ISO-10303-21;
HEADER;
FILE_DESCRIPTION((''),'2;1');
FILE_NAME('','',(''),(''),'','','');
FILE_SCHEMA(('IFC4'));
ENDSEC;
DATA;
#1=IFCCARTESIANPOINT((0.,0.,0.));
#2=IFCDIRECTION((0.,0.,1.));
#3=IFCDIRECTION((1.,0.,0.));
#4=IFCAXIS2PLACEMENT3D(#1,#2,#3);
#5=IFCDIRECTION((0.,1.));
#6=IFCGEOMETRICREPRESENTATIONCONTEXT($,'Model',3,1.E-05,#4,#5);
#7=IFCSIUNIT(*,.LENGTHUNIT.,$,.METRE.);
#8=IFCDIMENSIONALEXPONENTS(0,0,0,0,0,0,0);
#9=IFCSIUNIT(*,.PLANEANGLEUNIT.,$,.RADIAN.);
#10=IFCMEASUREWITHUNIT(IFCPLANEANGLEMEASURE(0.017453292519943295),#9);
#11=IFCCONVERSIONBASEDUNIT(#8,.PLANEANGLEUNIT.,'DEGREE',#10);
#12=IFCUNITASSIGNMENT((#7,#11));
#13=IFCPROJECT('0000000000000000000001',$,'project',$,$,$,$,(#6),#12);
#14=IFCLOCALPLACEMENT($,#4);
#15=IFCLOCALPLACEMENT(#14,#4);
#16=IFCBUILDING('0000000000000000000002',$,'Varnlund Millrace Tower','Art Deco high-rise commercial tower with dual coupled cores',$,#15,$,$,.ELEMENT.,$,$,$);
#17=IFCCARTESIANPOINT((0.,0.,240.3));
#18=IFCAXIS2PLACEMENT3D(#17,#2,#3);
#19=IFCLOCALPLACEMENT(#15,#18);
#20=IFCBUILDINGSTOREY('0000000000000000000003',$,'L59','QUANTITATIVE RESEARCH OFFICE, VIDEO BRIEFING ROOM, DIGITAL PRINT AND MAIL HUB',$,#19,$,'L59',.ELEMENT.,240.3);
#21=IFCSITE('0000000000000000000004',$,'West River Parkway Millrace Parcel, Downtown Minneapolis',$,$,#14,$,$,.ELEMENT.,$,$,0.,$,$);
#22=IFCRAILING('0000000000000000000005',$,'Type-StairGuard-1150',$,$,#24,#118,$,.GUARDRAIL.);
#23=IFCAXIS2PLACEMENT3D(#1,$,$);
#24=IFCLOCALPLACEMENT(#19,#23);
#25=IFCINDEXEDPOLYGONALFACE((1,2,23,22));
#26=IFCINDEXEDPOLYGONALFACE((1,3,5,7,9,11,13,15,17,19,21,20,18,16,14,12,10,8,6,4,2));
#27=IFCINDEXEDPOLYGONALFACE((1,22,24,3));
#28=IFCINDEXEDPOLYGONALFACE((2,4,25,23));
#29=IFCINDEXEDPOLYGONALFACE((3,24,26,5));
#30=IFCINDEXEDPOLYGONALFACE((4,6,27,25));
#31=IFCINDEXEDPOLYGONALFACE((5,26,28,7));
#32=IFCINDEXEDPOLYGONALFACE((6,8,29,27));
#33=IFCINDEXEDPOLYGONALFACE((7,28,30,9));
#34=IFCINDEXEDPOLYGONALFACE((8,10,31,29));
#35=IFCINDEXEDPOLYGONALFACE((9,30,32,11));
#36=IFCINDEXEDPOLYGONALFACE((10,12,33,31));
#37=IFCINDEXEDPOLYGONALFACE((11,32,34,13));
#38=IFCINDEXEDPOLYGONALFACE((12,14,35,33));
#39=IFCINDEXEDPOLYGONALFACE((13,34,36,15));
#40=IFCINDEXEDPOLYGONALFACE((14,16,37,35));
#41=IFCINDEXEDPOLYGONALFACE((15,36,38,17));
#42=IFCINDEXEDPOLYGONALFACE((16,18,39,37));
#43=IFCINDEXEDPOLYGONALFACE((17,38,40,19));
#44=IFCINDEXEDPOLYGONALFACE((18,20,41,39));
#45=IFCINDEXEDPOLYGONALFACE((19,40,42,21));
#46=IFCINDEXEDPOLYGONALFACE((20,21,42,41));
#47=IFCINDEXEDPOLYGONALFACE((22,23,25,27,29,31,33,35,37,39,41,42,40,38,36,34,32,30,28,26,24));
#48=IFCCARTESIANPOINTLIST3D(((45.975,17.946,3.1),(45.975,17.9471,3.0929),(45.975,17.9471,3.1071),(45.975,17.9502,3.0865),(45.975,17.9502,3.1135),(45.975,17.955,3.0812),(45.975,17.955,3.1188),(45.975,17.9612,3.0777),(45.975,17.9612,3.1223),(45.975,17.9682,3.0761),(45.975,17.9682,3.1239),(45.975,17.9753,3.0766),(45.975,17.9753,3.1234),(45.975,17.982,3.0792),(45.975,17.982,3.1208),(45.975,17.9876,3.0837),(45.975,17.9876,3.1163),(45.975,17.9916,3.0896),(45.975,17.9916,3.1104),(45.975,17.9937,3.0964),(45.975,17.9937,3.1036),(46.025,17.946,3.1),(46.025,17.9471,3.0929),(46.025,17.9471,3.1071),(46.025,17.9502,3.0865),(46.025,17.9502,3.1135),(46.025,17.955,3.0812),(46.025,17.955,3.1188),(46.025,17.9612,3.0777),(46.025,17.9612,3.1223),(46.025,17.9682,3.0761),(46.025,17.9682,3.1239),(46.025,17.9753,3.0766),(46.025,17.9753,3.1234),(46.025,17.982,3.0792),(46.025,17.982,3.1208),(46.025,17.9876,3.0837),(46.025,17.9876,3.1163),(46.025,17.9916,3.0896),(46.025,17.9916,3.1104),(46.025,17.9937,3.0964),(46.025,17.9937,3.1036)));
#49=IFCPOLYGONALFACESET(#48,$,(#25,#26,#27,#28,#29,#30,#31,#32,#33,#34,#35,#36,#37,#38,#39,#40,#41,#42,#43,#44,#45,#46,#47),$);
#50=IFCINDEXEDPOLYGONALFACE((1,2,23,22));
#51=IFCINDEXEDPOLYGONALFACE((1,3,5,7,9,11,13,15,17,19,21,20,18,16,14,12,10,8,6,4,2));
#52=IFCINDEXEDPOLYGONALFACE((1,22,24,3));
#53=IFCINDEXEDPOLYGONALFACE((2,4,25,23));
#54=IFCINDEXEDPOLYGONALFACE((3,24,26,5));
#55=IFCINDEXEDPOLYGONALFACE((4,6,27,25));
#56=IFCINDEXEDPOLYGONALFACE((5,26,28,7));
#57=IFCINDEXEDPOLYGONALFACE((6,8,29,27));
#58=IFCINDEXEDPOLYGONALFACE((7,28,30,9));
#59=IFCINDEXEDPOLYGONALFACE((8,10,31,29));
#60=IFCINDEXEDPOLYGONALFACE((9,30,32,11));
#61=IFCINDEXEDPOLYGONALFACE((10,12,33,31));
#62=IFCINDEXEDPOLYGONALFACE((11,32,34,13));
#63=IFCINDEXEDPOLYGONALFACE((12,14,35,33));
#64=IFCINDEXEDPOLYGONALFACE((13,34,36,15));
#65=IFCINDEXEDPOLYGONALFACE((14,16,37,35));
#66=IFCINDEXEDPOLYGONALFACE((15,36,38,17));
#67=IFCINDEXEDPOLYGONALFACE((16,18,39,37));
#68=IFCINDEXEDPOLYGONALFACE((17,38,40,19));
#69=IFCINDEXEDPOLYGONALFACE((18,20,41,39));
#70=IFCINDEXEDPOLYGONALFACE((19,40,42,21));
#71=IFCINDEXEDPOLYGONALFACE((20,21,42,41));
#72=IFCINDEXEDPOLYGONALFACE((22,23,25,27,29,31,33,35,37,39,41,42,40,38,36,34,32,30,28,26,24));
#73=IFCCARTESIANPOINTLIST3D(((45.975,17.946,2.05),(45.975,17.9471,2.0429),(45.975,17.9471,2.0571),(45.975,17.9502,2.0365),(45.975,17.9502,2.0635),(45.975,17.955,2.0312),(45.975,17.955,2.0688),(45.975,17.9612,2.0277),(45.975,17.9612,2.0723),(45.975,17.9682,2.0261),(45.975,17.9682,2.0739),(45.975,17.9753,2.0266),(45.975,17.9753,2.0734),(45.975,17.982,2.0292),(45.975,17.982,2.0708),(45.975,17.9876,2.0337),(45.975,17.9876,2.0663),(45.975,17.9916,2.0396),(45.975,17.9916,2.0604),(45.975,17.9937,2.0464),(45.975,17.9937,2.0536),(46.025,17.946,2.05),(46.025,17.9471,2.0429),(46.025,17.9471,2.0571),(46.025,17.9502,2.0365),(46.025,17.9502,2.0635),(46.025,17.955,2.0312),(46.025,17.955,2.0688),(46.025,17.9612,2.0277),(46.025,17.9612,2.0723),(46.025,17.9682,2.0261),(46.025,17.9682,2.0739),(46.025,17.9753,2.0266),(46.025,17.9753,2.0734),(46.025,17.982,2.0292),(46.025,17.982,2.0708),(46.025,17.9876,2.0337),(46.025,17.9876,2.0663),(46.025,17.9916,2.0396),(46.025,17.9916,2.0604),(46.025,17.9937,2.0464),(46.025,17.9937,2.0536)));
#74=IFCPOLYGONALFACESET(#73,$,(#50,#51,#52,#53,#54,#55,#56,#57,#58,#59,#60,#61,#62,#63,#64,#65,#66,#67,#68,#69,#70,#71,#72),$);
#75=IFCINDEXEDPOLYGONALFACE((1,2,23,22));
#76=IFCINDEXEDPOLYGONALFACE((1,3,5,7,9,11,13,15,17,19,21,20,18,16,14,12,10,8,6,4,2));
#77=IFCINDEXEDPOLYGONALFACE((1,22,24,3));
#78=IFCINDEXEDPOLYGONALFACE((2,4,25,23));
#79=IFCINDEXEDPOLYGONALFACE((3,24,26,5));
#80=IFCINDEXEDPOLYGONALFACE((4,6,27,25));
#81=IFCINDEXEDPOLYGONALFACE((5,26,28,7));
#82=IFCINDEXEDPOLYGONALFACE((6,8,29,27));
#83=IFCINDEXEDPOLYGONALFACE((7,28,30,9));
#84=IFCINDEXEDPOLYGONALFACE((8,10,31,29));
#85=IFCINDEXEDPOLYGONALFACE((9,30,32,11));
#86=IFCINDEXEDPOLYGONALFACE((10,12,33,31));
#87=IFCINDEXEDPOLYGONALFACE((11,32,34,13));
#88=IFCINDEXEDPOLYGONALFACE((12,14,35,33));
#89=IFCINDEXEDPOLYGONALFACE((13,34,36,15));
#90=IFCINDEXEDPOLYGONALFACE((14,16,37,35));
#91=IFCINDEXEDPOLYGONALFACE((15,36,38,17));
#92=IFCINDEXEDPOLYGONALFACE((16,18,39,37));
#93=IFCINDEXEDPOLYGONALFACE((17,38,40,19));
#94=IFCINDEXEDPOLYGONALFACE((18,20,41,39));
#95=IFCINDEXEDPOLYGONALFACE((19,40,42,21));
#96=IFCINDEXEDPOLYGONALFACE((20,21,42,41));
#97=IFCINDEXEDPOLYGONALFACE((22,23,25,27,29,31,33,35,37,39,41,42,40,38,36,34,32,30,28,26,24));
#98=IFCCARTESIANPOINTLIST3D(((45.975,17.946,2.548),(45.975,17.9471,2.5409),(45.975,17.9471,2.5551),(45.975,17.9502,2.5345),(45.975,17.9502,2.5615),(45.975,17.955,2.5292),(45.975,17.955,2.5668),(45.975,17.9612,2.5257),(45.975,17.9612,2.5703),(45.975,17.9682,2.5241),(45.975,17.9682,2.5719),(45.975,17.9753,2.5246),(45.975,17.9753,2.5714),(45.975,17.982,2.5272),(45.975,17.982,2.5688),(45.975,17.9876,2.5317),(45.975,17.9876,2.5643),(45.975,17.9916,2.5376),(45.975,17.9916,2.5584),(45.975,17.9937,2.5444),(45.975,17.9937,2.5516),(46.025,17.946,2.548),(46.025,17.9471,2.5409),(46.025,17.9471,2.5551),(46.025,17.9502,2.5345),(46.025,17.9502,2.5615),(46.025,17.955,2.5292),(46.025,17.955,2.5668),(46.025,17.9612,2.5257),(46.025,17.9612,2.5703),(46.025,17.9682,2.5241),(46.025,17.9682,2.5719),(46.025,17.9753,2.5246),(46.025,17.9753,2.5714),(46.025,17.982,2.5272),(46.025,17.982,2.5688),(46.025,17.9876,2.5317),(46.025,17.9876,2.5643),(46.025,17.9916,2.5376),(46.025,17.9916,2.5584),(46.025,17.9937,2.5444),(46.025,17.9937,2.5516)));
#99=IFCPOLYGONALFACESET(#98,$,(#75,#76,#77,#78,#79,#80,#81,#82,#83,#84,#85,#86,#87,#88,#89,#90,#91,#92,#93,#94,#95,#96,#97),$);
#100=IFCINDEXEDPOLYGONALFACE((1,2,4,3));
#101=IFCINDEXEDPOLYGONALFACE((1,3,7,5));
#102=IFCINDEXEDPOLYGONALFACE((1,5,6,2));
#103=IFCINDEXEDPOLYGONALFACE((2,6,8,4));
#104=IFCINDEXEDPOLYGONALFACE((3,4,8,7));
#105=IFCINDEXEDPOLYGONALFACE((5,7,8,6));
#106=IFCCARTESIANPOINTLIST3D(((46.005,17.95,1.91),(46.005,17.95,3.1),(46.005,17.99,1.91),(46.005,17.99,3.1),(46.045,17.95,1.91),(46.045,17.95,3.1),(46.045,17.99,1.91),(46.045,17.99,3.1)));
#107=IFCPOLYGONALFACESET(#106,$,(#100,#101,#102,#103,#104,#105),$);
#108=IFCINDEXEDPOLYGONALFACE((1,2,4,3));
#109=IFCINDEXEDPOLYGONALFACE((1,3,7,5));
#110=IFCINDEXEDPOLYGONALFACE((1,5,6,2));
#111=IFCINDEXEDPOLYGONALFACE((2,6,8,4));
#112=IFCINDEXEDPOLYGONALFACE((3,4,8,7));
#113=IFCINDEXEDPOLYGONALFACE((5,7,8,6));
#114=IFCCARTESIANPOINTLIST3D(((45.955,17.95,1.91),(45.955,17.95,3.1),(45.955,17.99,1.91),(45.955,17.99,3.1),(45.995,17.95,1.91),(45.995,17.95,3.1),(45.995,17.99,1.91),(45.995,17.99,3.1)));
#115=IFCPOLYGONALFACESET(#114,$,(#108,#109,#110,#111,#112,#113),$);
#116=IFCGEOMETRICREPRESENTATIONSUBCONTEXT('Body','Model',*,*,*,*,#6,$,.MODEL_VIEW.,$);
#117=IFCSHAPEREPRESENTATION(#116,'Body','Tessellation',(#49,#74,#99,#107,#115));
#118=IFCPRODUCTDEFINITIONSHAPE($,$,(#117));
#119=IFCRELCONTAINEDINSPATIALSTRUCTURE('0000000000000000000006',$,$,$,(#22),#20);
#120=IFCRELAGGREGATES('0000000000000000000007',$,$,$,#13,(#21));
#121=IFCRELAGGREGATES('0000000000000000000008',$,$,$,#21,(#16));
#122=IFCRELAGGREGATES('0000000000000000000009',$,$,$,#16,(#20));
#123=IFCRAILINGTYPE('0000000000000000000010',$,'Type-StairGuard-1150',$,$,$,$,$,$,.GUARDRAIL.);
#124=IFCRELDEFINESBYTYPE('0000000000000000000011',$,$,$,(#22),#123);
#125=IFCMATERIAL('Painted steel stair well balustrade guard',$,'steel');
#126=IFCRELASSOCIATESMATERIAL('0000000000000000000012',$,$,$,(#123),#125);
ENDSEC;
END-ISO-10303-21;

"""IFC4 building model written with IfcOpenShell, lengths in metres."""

from ifc_helpers import new_model, entity, si_unit, converted_unit, direction, frame, origin_with_axes, origin_2d_with_axis, place, context, subcontext, project, spatial, rectangle, circle, extrude, material, type_object, element, save


model = new_model("IFC4")

# Units and contexts
model_context = context("Model", 3, precision=1e-05, world=origin_with_axes(), true_north=direction((0.0, 1.0)))
body_context = subcontext(model_context, "Body", "Model", "MODEL_VIEW")
ifc_project = project(units=[si_unit("LENGTHUNIT", "METRE"), converted_unit("PLANEANGLEUNIT", "DEGREE", entity("IfcPlaneAngleMeasure", 0.017453292519943295), si_unit("PLANEANGLEUNIT", "RADIAN"), dimensions=[0, 0, 0, 0, 0, 0, 0])], contexts=[model_context])

# Site, building, storey
site_placement = place(None, origin_with_axes())
site = spatial("IfcSite", under=ifc_project, at=site_placement, Name="West River Parkway Millrace Parcel, Downtown Minneapolis", CompositionType="ELEMENT", RefElevation=0.0)
building_placement = place(site_placement, origin_with_axes())
building = spatial("IfcBuilding", under=site, at=building_placement, Name="Varnlund Millrace Tower", Description="Art Deco high-rise commercial tower with dual coupled cores", CompositionType="ELEMENT")
storey_placement = place(building_placement, frame((0.0, 0.0, 240.3), z_axis=(0.0, 0.0, 1.0), x_axis=(1.0, 0.0, 0.0)))
storey = spatial("IfcBuildingStorey", under=building, at=storey_placement, Name="L59", Description="QUANTITATIVE RESEARCH OFFICE, VIDEO BRIEFING ROOM, DIGITAL PRINT AND MAIL HUB", LongName="L59", CompositionType="ELEMENT", Elevation=240.3)

# Railing
ifc_material_1 = material(Name="Painted steel stair well balustrade guard", Category="steel")
railing_type_1 = type_object("IfcRailingType", Name="Type-StairGuard-1150", PredefinedType="GUARDRAIL", material=ifc_material_1)
railing_1_placement = place(storey_placement, frame((0.0, 0.0, -240.3), z_axis=(0.0, 0.0, 1.0), x_axis=(1.0, 0.0, 0.0)))
element("IfcRailing", 1, at=railing_1_placement, inside=storey, type_object=railing_type_1, Name="Type-StairGuard-1150", PredefinedType="GUARDRAIL", context=body_context, shape_type="SweptSolid", body=[
    extrude(circle(Radius=0.024, at=origin_2d_with_axis()), frame((46.025, 17.97, 243.4), z_axis=(-1.0, 0.0, 0.0), x_axis=(0.0, -1.0, 0.0)), (0.0, 0.0, 1.0), 0.05),
    extrude(circle(Radius=0.024, at=origin_2d_with_axis()), frame((46.025, 17.97, 242.35), z_axis=(-1.0, 0.0, 0.0), x_axis=(0.0, -1.0, 0.0)), (0.0, 0.0, 1.0), 0.05),
    extrude(circle(Radius=0.024, at=origin_2d_with_axis()), frame((46.025, 17.97, 242.848), z_axis=(-1.0, 0.0, 0.0), x_axis=(0.0, -1.0, 0.0)), (0.0, 0.0, 1.0), 0.05),
    extrude(rectangle(XDim=0.04, YDim=0.04, at=origin_2d_with_axis()), frame((46.025, 17.97, 242.21), z_axis=(0.0, 0.0, 1.0), x_axis=(1.0, 0.0, 0.0)), (0.0, 0.0, 1.0), 1.19),
    extrude(rectangle(XDim=0.04, YDim=0.04, at=origin_2d_with_axis()), frame((45.975, 17.97, 242.21), z_axis=(0.0, 0.0, 1.0), x_axis=(1.0, 0.0, 0.0)), (0.0, 0.0, 1.0), 1.19),
])

save(model, "model.ifc")
